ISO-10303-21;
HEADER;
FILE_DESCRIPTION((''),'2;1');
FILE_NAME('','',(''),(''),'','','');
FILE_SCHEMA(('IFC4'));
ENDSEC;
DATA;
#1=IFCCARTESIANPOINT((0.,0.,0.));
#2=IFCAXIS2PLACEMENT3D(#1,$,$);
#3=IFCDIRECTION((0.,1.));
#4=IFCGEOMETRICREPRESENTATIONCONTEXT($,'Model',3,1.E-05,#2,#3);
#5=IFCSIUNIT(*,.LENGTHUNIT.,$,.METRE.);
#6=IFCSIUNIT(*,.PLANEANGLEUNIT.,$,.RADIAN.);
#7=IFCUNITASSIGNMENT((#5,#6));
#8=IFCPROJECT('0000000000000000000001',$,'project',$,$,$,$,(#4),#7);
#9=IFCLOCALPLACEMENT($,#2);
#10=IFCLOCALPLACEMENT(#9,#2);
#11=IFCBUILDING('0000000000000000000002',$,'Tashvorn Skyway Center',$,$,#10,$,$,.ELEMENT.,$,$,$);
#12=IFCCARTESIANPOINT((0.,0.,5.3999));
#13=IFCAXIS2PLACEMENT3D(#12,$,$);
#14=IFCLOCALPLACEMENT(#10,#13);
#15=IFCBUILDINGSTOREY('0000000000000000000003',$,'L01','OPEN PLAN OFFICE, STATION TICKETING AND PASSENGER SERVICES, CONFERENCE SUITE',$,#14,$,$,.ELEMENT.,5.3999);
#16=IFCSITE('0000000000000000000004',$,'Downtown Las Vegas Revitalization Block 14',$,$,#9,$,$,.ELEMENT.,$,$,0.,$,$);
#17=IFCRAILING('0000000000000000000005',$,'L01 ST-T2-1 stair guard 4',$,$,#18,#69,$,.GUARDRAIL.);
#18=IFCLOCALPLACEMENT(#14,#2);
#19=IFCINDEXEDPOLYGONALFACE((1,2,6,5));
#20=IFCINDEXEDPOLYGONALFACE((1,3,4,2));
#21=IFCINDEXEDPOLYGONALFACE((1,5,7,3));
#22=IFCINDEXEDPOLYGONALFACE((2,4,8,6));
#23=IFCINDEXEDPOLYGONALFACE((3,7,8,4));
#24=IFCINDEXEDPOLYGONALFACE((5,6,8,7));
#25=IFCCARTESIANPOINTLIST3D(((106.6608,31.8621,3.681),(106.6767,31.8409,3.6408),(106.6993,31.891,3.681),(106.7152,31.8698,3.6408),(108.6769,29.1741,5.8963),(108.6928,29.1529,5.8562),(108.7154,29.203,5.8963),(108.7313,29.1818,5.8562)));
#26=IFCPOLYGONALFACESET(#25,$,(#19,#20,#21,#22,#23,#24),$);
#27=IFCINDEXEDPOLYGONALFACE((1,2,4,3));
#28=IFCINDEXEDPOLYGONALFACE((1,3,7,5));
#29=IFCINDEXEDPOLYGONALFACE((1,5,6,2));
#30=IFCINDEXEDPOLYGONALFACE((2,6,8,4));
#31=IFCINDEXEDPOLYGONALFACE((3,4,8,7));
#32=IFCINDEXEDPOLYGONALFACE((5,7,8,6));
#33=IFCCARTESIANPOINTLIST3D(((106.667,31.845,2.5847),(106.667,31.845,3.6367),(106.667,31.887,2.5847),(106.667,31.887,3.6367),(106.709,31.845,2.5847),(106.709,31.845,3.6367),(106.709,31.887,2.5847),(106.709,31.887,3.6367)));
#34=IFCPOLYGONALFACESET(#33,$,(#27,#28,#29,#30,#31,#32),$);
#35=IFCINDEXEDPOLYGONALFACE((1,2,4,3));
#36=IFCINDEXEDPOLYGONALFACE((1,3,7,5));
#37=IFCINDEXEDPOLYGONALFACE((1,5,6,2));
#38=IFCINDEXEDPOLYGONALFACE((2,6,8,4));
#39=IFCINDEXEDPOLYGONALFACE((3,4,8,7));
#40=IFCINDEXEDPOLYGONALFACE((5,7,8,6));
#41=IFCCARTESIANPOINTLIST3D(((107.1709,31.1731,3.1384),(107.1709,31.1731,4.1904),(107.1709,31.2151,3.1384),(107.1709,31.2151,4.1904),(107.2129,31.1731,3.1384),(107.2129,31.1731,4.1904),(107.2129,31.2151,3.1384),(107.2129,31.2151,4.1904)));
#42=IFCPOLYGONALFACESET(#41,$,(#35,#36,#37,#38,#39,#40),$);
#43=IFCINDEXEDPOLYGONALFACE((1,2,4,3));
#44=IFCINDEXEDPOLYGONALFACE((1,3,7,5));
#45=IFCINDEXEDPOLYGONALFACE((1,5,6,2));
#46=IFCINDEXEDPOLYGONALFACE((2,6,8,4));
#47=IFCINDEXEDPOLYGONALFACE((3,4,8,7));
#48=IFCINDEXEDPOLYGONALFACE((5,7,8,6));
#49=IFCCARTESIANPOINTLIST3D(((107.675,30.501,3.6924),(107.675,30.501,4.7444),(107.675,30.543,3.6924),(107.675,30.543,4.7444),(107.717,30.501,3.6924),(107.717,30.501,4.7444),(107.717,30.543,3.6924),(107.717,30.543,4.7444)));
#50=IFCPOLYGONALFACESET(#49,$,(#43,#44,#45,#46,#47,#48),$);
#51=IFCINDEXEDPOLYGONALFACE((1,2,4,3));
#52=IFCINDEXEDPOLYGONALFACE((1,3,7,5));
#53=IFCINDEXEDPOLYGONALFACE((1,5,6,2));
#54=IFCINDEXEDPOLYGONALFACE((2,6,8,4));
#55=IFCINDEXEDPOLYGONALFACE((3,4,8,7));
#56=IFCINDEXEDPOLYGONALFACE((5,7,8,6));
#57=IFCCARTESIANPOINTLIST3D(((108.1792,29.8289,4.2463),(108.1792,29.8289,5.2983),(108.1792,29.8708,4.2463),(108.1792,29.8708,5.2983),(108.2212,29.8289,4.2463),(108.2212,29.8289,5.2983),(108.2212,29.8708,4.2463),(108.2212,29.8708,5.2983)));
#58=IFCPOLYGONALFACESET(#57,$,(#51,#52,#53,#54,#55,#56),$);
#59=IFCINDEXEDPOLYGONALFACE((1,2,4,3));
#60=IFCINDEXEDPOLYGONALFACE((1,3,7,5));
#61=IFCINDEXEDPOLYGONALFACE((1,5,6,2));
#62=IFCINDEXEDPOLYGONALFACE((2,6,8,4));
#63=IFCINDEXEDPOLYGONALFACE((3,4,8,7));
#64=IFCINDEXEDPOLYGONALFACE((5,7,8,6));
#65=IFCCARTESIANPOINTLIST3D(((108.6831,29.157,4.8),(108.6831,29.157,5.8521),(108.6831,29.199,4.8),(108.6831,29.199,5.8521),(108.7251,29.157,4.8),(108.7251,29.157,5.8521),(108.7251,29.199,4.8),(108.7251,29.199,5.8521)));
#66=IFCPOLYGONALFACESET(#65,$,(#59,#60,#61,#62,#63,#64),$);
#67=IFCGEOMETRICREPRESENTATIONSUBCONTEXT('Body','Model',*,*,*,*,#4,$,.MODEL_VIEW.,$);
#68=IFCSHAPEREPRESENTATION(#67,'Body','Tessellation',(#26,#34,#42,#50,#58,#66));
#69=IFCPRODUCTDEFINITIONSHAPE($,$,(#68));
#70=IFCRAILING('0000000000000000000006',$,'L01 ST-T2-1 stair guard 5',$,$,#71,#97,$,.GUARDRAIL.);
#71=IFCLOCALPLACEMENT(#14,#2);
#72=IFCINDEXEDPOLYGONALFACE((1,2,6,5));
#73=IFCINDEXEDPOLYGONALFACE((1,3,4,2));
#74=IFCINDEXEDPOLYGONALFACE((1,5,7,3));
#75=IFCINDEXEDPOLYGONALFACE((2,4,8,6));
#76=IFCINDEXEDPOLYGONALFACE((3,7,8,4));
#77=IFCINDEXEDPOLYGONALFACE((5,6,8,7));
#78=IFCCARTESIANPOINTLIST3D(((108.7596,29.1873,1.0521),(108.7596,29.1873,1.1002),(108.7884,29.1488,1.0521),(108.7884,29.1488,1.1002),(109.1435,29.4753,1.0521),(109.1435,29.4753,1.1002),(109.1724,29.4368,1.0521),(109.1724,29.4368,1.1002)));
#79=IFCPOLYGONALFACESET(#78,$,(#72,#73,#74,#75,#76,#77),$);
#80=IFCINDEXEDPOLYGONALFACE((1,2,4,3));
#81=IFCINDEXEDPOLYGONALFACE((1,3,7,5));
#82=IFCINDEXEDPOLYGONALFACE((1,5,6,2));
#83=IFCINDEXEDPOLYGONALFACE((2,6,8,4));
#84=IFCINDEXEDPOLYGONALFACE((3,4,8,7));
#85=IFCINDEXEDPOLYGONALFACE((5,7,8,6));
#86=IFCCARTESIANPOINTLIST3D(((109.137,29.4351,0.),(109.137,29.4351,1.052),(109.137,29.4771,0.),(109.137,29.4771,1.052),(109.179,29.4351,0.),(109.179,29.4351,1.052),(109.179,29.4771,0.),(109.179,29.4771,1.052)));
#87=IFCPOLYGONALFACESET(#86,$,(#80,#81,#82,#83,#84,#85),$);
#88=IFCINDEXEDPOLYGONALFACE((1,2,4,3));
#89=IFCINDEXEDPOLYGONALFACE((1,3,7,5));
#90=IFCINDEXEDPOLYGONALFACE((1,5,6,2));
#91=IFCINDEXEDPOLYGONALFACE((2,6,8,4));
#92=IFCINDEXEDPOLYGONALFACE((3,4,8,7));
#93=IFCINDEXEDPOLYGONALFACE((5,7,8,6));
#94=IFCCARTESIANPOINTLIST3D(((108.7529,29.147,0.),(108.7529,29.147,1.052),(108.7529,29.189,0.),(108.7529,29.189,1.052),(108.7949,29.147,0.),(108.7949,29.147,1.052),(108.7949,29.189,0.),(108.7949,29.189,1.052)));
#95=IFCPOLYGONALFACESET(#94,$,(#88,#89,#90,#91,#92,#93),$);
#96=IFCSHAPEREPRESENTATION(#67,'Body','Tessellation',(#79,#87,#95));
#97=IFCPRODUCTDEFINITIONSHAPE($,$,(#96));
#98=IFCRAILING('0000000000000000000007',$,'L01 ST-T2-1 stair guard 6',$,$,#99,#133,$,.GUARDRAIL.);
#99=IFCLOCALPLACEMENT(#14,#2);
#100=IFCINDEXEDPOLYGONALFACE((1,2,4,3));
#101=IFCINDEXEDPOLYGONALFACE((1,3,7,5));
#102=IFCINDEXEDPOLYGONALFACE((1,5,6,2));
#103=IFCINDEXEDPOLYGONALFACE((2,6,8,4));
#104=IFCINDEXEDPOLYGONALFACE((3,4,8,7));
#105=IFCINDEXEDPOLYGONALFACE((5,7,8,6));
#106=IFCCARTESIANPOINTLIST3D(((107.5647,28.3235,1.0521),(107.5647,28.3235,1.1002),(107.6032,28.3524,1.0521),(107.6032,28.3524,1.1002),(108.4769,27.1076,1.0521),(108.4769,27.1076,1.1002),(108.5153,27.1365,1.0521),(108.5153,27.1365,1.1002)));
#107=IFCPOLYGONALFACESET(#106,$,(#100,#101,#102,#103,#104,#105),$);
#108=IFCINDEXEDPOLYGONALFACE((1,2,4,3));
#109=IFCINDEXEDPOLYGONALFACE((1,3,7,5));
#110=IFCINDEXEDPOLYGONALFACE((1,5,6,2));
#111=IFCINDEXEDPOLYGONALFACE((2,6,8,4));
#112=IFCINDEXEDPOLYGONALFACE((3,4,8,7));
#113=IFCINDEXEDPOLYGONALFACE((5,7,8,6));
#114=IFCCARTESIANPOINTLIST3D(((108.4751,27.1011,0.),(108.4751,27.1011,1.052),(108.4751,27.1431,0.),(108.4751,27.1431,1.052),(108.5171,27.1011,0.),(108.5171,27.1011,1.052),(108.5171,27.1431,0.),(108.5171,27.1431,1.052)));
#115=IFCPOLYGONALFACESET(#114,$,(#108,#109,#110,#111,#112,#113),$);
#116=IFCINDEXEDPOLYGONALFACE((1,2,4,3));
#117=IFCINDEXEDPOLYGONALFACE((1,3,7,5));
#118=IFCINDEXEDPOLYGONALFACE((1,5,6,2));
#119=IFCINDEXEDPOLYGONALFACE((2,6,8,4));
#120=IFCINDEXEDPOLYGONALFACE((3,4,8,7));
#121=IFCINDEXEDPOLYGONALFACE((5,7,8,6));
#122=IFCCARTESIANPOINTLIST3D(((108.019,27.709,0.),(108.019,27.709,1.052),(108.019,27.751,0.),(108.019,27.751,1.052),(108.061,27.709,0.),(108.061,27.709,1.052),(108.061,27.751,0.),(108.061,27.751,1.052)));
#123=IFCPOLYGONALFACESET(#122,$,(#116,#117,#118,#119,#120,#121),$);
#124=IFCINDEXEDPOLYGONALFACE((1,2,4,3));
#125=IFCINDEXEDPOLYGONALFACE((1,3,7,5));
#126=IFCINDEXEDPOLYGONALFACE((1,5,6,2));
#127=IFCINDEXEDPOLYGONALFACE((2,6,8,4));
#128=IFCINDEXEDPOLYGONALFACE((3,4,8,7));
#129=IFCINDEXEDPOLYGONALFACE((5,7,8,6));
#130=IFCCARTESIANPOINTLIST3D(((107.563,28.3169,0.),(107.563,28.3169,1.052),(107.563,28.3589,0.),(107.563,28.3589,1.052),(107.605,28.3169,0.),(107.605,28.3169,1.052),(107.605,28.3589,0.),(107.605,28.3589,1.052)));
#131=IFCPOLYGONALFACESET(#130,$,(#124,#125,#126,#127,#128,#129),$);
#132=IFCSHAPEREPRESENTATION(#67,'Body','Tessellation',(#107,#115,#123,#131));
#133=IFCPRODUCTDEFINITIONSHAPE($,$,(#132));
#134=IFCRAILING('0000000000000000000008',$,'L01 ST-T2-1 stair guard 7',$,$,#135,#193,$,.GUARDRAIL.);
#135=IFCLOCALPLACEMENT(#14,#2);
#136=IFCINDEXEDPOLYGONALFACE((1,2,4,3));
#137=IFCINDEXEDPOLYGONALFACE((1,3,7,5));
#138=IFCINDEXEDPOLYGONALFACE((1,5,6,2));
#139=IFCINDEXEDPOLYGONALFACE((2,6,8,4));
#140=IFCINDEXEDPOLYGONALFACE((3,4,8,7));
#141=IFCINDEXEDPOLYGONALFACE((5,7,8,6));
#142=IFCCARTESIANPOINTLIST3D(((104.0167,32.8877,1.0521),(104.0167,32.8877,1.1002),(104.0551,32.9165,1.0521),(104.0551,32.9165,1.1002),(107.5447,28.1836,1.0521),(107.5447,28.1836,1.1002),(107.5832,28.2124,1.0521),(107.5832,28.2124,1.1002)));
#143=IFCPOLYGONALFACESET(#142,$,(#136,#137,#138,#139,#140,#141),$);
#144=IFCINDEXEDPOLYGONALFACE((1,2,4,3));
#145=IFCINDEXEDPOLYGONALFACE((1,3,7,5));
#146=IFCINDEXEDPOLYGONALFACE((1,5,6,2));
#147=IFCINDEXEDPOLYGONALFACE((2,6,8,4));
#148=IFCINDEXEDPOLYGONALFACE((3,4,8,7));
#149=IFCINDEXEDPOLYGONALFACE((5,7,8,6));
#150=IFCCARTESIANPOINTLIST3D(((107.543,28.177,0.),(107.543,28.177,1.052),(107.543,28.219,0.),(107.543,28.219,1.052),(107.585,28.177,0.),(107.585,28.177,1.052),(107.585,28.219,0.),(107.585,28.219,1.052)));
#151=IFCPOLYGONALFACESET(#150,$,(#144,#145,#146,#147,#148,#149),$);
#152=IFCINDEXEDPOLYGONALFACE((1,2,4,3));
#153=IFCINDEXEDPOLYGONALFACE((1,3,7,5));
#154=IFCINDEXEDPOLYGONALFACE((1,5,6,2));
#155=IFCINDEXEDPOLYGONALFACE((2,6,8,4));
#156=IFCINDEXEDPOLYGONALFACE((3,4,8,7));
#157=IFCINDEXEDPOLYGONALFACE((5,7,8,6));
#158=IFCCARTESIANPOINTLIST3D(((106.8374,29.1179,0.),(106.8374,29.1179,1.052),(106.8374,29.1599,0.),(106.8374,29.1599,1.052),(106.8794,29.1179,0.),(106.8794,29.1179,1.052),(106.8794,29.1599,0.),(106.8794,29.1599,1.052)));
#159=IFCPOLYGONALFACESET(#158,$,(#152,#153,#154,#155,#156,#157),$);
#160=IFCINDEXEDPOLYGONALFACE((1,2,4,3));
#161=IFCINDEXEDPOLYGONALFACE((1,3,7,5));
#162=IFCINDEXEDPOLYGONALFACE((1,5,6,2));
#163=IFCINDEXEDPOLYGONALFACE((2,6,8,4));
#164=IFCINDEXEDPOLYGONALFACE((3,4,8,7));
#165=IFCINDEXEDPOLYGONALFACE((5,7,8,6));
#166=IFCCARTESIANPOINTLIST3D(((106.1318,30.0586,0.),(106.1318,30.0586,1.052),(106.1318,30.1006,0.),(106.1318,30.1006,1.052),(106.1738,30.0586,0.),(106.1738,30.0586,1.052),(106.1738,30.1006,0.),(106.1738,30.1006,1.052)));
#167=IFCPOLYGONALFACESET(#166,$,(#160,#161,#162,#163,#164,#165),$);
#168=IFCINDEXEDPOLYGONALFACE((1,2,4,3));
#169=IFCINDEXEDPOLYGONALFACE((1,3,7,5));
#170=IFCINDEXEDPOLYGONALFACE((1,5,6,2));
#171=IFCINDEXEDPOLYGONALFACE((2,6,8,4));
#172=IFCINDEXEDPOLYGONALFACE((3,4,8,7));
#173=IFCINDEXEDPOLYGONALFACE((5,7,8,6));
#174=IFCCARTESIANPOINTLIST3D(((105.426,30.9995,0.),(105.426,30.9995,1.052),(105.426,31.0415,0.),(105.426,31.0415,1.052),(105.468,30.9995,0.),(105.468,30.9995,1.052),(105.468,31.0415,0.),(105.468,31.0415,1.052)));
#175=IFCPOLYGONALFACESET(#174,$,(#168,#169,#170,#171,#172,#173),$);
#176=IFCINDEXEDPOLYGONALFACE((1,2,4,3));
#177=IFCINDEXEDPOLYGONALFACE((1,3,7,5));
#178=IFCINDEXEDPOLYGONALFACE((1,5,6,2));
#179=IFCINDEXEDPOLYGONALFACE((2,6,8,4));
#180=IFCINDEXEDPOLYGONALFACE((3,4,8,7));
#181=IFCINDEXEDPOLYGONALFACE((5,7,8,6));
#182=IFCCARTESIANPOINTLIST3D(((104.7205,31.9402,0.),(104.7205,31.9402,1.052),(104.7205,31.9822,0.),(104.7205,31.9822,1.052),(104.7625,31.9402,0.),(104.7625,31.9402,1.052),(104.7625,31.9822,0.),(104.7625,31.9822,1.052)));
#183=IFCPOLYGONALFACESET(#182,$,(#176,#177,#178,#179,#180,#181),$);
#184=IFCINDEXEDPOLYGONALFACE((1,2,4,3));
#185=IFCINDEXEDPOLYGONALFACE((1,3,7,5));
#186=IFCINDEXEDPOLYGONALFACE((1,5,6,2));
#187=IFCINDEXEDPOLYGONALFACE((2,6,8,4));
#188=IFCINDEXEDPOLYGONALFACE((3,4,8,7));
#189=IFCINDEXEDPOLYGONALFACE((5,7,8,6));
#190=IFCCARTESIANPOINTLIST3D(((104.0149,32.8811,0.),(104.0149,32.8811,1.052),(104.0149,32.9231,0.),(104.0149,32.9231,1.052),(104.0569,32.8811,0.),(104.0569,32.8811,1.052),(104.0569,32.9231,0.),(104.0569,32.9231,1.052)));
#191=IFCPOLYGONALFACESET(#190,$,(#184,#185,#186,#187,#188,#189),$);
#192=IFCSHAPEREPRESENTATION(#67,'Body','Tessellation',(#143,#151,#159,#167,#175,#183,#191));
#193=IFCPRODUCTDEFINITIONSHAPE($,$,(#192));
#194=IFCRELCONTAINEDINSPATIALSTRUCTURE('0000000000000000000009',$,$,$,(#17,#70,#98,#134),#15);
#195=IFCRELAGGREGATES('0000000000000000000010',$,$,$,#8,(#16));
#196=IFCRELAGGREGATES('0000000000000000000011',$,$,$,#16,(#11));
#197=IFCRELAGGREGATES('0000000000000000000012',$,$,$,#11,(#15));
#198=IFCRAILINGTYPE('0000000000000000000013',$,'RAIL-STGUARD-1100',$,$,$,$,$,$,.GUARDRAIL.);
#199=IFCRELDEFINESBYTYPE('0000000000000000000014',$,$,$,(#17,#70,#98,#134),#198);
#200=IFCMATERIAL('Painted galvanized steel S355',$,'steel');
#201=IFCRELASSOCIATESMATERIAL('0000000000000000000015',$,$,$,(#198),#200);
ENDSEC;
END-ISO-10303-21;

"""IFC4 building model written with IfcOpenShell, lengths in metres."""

from ifc_helpers import new_model, si_unit, direction, frame, origin, origin_2d, place, context, subcontext, project, spatial, rectangle, extrude, material, type_object, element, save


model = new_model("IFC4")

# Units and contexts
model_context = context("Model", 3, precision=1e-05, world=origin(), true_north=direction((0.0, 1.0)))
body_context = subcontext(model_context, "Body", "Model", "MODEL_VIEW")
ifc_project = project(units=[si_unit("LENGTHUNIT", "METRE"), si_unit("PLANEANGLEUNIT", "RADIAN")], contexts=[model_context])

# Site, building, storey
site_placement = place(None, origin())
site = spatial("IfcSite", under=ifc_project, at=site_placement, Name="Downtown Las Vegas Revitalization Block 14", CompositionType="ELEMENT", RefElevation=0.0)
building_placement = place(site_placement, origin())
building = spatial("IfcBuilding", under=site, at=building_placement, Name="Tashvorn Skyway Center", CompositionType="ELEMENT")
storey_placement = place(building_placement, frame((0.0, 0.0, 5.3999)))
storey = spatial("IfcBuildingStorey", under=building, at=storey_placement, Name="L01", Description="OPEN PLAN OFFICE, STATION TICKETING AND PASSENGER SERVICES, CONFERENCE SUITE", CompositionType="ELEMENT", Elevation=5.3999)

# Railings
ifc_material_1 = material(Name="Painted galvanized steel S355", Category="steel")
railing_type_1 = type_object("IfcRailingType", Name="RAIL-STGUARD-1100", PredefinedType="GUARDRAIL", material=ifc_material_1)
railing_1_placement = place(storey_placement, frame((106.688, 31.866, 2.5847)))
element("IfcRailing", 1, at=railing_1_placement, inside=storey, type_object=railing_type_1, Name="L01 ST-T2-1 stair guard 4", PredefinedType="GUARDRAIL", context=body_context, shape_type="SweptSolid", body=[
    extrude(rectangle(XDim=0.0481, YDim=0.0481, at=origin_2d()), frame((0.0, 0.0, 1.0762), z_axis=(0.500943, -0.667884, 0.550443), x_axis=(0.799983, 0.600023, 0.0)), (0.0, 0.0, 1.0), 4.0247),
    extrude(rectangle(XDim=0.042, YDim=0.042, at=origin_2d()), origin(), (0.0, 0.0, 1.0), 1.052),
    extrude(rectangle(XDim=0.042, YDim=0.042, at=origin_2d()), frame((0.5039, -0.6719, 0.5537)), (0.0, 0.0, 1.0), 1.052),
    extrude(rectangle(XDim=0.042, YDim=0.042, at=origin_2d()), frame((1.0081, -1.344, 1.1077)), (0.0, 0.0, 1.0), 1.052),
    extrude(rectangle(XDim=0.042, YDim=0.042, at=origin_2d()), frame((1.5122, -2.0161, 1.6616)), (0.0, 0.0, 1.0), 1.052),
    extrude(rectangle(XDim=0.042, YDim=0.042, at=origin_2d()), frame((2.0161, -2.688, 2.2153)), (0.0, 0.0, 1.0), 1.052),
])
railing_2_placement = place(storey_placement, frame((109.158, 29.4561, 0.0)))
element("IfcRailing", 2, at=railing_2_placement, inside=storey, type_object=railing_type_1, Name="L01 ST-T2-1 stair guard 5", PredefinedType="GUARDRAIL", context=body_context, shape_type="SweptSolid", body=[
    extrude(rectangle(XDim=0.0481, YDim=0.0481, at=origin_2d()), frame((0.0, 0.0, 1.0762), z_axis=(-0.799939, -0.600081, 0.0), x_axis=(0.600081, -0.799939, 0.0)), (0.0, 0.0, 1.0), 0.48),
    extrude(rectangle(XDim=0.042, YDim=0.042, at=origin_2d()), origin(), (0.0, 0.0, 1.0), 1.052),
    extrude(rectangle(XDim=0.042, YDim=0.042, at=origin_2d()), frame((-0.384, -0.2881, 0.0)), (0.0, 0.0, 1.0), 1.052),
])
railing_3_placement = place(storey_placement, frame((108.4961, 27.1221, 0.0)))
element("IfcRailing", 3, at=railing_3_placement, inside=storey, type_object=railing_type_1, Name="L01 ST-T2-1 stair guard 6", PredefinedType="GUARDRAIL", context=body_context, shape_type="SweptSolid", body=[
    extrude(rectangle(XDim=0.0481, YDim=0.0481, at=origin_2d()), frame((0.0, 0.0, 1.0762), z_axis=(-0.600103, 0.799923, 0.0), x_axis=(-0.799923, -0.600103, 0.0)), (0.0, 0.0, 1.0), 1.52),
    extrude(rectangle(XDim=0.042, YDim=0.042, at=origin_2d()), origin(), (0.0, 0.0, 1.0), 1.052),
    extrude(rectangle(XDim=0.042, YDim=0.042, at=origin_2d()), frame((-0.4561, 0.6079, 0.0)), (0.0, 0.0, 1.0), 1.052),
    extrude(rectangle(XDim=0.042, YDim=0.042, at=origin_2d()), frame((-0.9121, 1.2158, 0.0)), (0.0, 0.0, 1.0), 1.052),
])
railing_4_placement = place(storey_placement, frame((107.564, 28.198, 0.0)))
element("IfcRailing", 4, at=railing_4_placement, inside=storey, type_object=railing_type_1, Name="L01 ST-T2-1 stair guard 7", PredefinedType="GUARDRAIL", context=body_context, shape_type="SweptSolid", body=[
    extrude(rectangle(XDim=0.0481, YDim=0.0481, at=origin_2d()), frame((0.0, 0.0, 1.0762), z_axis=(-0.6, 0.8, 0.0), x_axis=(-0.8, -0.6, 0.0)), (0.0, 0.0, 1.0), 5.8801),
    extrude(rectangle(XDim=0.042, YDim=0.042, at=origin_2d()), origin(), (0.0, 0.0, 1.0), 1.052),
    extrude(rectangle(XDim=0.042, YDim=0.042, at=origin_2d()), frame((-0.7056, 0.9409, 0.0)), (0.0, 0.0, 1.0), 1.052),
    extrude(rectangle(XDim=0.042, YDim=0.042, at=origin_2d()), frame((-1.4111, 1.8816, 0.0)), (0.0, 0.0, 1.0), 1.052),
    extrude(rectangle(XDim=0.042, YDim=0.042, at=origin_2d()), frame((-2.1169, 2.8225, 0.0)), (0.0, 0.0, 1.0), 1.052),
    extrude(rectangle(XDim=0.042, YDim=0.042, at=origin_2d()), frame((-2.8225, 3.7632, 0.0)), (0.0, 0.0, 1.0), 1.052),
    extrude(rectangle(XDim=0.042, YDim=0.042, at=origin_2d()), frame((-3.5281, 4.7041, 0.0)), (0.0, 0.0, 1.0), 1.052),
])

save(model, "model.ifc")
